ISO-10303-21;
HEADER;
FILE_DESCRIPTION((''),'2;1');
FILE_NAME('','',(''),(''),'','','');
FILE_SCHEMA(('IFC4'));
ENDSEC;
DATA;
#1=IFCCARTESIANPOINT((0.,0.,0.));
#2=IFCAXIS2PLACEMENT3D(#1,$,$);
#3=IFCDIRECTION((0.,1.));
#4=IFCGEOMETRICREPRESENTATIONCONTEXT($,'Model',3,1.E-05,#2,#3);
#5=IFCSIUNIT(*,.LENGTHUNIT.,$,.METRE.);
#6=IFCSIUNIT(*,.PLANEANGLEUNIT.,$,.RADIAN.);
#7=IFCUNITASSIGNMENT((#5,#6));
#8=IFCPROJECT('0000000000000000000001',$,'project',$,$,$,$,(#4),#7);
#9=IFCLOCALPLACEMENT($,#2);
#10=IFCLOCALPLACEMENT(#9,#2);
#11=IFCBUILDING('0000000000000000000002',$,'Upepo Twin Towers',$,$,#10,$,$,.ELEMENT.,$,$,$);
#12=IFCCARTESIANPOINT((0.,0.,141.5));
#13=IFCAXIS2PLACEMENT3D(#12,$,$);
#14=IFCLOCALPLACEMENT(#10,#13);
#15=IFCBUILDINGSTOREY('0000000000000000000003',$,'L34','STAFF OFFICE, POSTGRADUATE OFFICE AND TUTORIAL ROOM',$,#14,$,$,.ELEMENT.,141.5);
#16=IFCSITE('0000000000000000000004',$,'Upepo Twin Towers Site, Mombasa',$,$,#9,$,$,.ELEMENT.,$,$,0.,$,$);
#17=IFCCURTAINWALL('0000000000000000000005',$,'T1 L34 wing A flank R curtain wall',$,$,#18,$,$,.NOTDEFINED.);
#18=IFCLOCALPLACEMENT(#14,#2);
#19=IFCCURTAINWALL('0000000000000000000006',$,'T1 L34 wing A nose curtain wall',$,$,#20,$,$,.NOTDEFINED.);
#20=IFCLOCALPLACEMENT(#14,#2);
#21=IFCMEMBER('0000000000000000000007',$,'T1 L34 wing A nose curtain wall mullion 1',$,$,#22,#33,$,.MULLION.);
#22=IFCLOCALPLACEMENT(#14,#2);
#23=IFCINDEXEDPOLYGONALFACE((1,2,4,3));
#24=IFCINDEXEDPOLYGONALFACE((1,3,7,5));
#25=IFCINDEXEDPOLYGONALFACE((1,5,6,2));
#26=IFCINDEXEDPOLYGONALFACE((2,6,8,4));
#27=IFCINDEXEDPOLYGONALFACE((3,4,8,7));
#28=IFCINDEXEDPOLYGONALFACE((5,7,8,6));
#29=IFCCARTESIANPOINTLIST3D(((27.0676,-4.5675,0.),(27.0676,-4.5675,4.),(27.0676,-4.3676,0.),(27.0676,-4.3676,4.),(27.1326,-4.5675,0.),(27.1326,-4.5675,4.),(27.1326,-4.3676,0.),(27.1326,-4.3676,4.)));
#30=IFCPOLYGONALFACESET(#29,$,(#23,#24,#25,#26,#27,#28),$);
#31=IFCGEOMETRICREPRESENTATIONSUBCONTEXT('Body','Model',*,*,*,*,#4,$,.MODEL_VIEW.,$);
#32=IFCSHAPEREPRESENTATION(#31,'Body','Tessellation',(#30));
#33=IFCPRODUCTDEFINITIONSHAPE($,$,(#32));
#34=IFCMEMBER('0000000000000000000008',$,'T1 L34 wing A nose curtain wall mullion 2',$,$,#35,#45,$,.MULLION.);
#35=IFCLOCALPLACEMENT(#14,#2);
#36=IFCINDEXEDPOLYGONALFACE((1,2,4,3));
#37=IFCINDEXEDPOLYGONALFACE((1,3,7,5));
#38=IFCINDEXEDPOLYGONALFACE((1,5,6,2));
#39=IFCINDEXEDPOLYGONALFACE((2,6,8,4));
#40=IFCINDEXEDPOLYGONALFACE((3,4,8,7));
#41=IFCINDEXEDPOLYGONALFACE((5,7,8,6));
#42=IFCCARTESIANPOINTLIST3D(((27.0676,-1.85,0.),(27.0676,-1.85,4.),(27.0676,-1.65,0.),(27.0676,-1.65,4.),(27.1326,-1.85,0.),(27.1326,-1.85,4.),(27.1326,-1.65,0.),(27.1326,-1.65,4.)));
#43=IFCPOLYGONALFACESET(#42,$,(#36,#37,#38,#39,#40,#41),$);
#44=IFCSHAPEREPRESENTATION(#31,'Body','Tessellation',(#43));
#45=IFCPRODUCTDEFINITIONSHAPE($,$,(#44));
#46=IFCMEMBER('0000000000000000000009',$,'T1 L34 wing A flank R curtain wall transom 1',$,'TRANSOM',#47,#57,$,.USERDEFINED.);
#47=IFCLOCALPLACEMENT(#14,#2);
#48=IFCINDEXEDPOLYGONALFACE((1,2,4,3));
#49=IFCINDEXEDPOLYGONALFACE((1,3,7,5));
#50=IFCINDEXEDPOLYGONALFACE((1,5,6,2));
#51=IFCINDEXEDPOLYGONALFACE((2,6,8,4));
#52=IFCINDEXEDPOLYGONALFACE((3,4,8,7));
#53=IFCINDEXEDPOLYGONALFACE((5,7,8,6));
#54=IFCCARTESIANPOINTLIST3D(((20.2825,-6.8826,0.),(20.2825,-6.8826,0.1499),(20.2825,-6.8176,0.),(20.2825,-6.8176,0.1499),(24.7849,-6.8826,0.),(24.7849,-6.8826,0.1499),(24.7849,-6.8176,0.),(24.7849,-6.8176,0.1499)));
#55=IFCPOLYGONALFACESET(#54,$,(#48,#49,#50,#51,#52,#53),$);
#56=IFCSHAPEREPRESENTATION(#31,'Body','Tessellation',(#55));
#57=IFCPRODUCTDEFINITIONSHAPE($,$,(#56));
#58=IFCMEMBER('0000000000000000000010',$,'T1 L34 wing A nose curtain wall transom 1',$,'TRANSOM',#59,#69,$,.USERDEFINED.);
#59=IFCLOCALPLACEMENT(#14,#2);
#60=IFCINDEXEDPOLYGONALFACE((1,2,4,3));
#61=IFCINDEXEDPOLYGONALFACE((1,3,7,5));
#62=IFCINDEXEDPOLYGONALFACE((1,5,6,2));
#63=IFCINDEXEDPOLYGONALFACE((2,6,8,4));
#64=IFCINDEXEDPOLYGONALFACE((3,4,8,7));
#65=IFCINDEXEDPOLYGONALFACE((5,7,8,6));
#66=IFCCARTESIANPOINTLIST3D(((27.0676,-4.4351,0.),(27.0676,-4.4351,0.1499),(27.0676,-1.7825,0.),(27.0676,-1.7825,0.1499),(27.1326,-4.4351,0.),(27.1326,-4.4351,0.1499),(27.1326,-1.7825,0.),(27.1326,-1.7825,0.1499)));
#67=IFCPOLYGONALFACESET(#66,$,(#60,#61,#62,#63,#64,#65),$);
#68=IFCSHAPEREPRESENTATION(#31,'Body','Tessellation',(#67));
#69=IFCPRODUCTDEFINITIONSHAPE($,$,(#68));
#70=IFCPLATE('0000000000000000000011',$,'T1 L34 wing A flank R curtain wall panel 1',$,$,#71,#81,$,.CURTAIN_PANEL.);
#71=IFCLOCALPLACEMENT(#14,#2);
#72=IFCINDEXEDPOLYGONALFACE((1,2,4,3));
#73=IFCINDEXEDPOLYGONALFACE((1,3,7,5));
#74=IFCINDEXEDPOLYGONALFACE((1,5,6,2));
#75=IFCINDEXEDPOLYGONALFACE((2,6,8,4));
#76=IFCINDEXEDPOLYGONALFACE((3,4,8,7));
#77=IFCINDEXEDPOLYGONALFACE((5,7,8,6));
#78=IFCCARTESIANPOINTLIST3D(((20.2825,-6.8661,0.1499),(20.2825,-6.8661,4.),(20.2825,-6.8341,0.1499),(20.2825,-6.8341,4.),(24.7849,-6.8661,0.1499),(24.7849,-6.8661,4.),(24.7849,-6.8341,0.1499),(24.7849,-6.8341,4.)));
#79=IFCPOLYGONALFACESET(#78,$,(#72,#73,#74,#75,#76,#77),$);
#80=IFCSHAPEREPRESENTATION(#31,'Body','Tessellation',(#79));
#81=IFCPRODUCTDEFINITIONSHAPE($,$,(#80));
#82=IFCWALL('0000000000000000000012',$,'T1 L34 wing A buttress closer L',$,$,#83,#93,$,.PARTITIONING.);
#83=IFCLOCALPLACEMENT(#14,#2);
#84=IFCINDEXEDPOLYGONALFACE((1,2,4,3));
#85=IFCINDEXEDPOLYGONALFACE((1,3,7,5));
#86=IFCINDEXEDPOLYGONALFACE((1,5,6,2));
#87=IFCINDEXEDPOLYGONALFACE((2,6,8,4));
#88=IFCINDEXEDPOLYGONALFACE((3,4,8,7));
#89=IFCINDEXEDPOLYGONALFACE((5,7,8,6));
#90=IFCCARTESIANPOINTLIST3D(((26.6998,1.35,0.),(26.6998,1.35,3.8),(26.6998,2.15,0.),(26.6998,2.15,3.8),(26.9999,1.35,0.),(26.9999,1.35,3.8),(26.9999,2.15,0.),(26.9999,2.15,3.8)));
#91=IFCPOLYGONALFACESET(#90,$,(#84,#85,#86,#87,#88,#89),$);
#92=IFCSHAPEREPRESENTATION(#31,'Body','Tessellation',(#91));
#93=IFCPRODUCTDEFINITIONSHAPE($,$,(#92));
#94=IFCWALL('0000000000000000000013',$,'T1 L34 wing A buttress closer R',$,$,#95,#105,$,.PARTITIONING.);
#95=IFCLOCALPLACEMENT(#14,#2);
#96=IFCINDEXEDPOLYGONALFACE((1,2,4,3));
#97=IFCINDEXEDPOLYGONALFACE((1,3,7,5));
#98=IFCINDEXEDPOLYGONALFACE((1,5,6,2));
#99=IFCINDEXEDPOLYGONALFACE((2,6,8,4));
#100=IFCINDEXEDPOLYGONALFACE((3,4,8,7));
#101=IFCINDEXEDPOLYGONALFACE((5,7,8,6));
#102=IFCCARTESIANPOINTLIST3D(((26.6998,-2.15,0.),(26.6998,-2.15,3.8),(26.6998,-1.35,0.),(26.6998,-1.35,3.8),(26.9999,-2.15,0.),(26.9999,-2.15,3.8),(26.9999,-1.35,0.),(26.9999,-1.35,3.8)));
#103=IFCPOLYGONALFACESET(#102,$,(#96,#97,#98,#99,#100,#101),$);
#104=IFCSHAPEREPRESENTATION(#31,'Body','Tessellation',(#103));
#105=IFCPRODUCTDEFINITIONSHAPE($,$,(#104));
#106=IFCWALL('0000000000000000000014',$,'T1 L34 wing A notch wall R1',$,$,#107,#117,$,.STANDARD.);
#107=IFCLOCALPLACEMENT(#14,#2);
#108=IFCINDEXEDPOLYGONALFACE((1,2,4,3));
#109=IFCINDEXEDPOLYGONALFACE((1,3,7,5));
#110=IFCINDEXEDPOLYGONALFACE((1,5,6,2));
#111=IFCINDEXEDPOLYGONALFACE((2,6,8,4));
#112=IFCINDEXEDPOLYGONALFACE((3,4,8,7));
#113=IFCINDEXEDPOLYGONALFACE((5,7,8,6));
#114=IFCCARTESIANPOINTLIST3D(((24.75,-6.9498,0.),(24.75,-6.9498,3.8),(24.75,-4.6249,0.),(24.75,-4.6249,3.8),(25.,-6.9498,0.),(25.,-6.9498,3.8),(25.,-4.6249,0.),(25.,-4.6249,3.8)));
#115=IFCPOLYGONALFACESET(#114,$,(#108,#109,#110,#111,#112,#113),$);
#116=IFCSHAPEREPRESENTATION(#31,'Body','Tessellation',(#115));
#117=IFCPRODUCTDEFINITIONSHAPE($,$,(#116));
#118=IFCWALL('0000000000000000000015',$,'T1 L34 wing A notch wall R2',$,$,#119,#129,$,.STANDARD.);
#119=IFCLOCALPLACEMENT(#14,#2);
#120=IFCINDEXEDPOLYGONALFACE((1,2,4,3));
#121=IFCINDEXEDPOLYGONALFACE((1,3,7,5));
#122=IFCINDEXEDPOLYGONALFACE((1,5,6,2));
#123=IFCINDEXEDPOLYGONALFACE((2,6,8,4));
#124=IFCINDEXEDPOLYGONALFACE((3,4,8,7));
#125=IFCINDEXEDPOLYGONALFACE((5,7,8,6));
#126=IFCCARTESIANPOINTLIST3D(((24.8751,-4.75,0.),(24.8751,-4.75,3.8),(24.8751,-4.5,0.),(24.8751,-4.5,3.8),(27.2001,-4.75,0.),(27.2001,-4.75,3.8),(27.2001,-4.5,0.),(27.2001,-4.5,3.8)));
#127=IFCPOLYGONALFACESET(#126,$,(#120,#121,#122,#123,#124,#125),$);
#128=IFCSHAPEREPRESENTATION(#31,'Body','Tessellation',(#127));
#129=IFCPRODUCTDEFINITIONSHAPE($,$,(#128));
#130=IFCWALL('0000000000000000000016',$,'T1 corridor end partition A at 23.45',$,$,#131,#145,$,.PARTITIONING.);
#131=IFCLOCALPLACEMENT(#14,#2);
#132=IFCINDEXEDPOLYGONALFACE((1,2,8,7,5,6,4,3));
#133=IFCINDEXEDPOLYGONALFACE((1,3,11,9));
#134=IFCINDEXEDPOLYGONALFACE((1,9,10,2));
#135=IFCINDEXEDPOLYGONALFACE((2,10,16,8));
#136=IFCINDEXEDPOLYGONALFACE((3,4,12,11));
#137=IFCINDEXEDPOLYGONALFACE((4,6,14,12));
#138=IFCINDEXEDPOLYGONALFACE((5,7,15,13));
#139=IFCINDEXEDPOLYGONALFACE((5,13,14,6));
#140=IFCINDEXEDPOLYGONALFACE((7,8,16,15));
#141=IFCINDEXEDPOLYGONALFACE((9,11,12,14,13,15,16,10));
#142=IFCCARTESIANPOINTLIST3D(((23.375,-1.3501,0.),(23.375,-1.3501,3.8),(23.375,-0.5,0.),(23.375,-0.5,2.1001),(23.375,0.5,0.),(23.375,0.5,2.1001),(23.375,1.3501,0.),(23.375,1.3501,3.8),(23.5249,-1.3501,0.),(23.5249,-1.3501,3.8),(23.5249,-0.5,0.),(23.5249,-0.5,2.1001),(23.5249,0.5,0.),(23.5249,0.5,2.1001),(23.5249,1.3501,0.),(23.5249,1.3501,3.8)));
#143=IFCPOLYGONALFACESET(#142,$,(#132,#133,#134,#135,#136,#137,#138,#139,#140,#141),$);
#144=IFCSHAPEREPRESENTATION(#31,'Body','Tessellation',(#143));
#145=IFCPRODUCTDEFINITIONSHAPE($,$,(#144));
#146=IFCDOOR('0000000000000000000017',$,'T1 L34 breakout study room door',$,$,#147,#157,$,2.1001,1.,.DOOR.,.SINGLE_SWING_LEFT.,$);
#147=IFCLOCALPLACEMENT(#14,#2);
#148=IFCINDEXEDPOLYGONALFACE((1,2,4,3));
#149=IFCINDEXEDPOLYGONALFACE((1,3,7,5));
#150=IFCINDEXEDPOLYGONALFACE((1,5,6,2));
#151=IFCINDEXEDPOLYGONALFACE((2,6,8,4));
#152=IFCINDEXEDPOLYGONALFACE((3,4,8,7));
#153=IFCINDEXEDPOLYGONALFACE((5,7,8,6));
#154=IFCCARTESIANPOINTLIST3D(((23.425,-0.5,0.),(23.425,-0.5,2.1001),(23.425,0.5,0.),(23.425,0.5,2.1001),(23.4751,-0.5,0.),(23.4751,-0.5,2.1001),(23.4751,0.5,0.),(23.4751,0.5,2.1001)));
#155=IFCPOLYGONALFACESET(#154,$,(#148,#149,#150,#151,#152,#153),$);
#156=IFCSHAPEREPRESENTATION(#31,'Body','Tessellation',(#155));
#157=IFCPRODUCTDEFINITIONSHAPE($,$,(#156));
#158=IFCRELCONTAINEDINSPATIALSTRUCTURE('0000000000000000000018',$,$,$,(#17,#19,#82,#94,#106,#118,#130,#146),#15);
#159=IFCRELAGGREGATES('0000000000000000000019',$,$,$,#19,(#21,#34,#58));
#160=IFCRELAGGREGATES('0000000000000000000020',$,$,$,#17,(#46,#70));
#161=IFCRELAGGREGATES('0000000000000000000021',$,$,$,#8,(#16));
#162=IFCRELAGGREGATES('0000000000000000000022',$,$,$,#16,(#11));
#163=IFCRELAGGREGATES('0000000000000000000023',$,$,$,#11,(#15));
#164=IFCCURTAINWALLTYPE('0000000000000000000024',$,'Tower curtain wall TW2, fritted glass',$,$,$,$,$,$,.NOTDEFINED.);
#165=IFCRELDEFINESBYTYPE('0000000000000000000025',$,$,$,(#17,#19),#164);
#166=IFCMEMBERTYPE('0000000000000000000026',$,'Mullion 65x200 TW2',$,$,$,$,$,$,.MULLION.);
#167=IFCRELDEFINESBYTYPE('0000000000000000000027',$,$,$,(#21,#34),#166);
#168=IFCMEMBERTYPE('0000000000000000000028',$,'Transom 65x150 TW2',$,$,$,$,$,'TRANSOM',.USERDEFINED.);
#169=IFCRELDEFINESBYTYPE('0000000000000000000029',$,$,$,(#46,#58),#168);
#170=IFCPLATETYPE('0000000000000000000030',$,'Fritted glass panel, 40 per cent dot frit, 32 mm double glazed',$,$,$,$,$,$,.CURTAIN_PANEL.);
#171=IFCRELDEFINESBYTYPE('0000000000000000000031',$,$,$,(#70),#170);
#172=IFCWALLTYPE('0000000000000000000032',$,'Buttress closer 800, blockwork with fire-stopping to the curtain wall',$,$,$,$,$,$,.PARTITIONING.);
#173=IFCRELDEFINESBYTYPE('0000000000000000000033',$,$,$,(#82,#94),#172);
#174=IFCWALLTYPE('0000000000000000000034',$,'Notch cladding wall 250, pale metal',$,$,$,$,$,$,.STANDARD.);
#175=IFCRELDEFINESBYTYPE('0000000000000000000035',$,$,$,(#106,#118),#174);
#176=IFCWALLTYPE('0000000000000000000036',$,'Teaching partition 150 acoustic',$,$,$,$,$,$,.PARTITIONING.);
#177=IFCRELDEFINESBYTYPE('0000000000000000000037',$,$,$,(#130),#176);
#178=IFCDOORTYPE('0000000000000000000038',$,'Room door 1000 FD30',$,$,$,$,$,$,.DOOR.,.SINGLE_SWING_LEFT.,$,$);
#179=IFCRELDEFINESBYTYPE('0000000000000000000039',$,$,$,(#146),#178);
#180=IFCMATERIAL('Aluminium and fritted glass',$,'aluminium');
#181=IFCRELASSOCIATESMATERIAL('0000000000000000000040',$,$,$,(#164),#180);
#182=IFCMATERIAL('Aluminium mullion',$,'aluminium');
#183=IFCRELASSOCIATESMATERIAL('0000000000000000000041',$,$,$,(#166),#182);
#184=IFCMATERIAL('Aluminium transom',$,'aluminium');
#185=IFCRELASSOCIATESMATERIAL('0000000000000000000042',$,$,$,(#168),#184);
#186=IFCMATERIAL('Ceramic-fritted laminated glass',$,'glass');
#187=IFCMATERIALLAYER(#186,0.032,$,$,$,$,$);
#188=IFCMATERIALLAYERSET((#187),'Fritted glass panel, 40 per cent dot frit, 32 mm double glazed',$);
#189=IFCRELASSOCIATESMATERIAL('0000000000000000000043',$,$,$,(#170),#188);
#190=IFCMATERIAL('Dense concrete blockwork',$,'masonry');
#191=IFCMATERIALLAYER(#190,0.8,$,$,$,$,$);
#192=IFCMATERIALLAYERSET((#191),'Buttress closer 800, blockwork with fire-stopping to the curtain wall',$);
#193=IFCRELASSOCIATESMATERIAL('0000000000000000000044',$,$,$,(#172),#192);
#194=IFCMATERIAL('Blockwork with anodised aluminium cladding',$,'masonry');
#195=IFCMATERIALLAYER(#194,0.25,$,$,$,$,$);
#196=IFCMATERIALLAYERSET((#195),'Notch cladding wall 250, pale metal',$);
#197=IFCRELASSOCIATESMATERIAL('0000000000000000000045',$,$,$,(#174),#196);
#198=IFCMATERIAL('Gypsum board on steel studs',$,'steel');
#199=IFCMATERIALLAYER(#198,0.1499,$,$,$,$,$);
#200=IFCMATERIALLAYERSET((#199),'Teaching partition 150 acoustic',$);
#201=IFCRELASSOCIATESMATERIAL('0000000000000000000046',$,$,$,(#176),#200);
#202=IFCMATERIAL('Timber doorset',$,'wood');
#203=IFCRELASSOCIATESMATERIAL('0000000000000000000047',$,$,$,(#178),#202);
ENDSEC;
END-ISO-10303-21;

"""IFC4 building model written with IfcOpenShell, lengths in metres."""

from ifc_helpers import new_model, si_unit, direction, frame, frame_2d, origin, origin_2d, place, context, subcontext, project, spatial, rectangle, extrude, material, layer, layer_set, material_profile, profile_set, type_object, element, fill, aggregate, save


model = new_model("IFC4")

# Units and contexts
model_context = context("Model", 3, precision=1e-05, world=origin(), true_north=direction((0.0, 1.0)))
body_context = subcontext(model_context, "Body", "Model", "MODEL_VIEW")
ifc_project = project(units=[si_unit("LENGTHUNIT", "METRE"), si_unit("PLANEANGLEUNIT", "RADIAN")], contexts=[model_context])

# Site, building, storey
site_placement = place(None, origin())
site = spatial("IfcSite", under=ifc_project, at=site_placement, Name="Upepo Twin Towers Site, Mombasa", CompositionType="ELEMENT", RefElevation=0.0)
building_placement = place(site_placement, origin())
building = spatial("IfcBuilding", under=site, at=building_placement, Name="Upepo Twin Towers", CompositionType="ELEMENT")
storey_placement = place(building_placement, frame((0.0, 0.0, 141.5)))
storey = spatial("IfcBuildingStorey", under=building, at=storey_placement, Name="L34", Description="STAFF OFFICE, POSTGRADUATE OFFICE AND TUTORIAL ROOM", CompositionType="ELEMENT", Elevation=141.5)

# Curtain wall
ifc_material_1 = material(Name="Aluminium and fritted glass", Category="aluminium")
curtain_wall_type = type_object("IfcCurtainWallType", Name="Tower curtain wall TW2, fritted glass", PredefinedType="NOTDEFINED", material=ifc_material_1)
curtain_wall_1_placement = place(storey_placement, origin())
curtain_wall_1 = element("IfcCurtainWall", 1, at=curtain_wall_1_placement, inside=storey, type_object=curtain_wall_type, Name="T1 L34 wing A flank R curtain wall", PredefinedType="NOTDEFINED")
ifc_material_2 = material(Name="Aluminium mullion", Category="aluminium")
ifc_material_profile_1 = material_profile(ifc_material_2, rectangle(XDim=0.0649, YDim=0.2, at=origin_2d()), Name="MULLION 65x200")
ifc_profile_set_1 = profile_set([ifc_material_profile_1], Name="Aluminium mullion")
member_type_1 = type_object("IfcMemberType", Name="Mullion 65x200 TW2", PredefinedType="MULLION", material=ifc_profile_set_1)

# Curtain wall, members
curtain_wall_2_placement = place(storey_placement, origin())
curtain_wall_2 = element("IfcCurtainWall", 2, at=curtain_wall_2_placement, inside=storey, type_object=curtain_wall_type, Name="T1 L34 wing A nose curtain wall", PredefinedType="NOTDEFINED")
member_1_placement = place(storey_placement, frame((27.1001, -4.4675, 0.0), z_axis=(0.0, 0.0, 1.0), x_axis=(-1.0, 0.0, 0.0)))
member_1 = element("IfcMember", 3, at=member_1_placement, type_object=member_type_1, Name="T1 L34 wing A nose curtain wall mullion 1", PredefinedType="MULLION", context=body_context, shape_type="SweptSolid", body=[
    extrude(rectangle(XDim=0.0649, YDim=0.2, at=origin_2d()), origin(), (0.0, 0.0, 1.0), 4.0),
])
member_2_placement = place(storey_placement, frame((27.1001, -1.75, 0.0), z_axis=(0.0, 0.0, 1.0), x_axis=(-1.0, 0.0, 0.0)))
member_2 = element("IfcMember", 4, at=member_2_placement, type_object=member_type_1, Name="T1 L34 wing A nose curtain wall mullion 2", PredefinedType="MULLION", context=body_context, shape_type="SweptSolid", body=[
    extrude(rectangle(XDim=0.0649, YDim=0.2, at=origin_2d()), origin(), (0.0, 0.0, 1.0), 4.0),
])

# Members
ifc_material_3 = material(Name="Aluminium transom", Category="aluminium")
ifc_material_profile_2 = material_profile(ifc_material_3, rectangle(XDim=0.0649, YDim=0.1499, at=origin_2d()), Name="TRANSOM 65x150")
ifc_profile_set_2 = profile_set([ifc_material_profile_2], Name="Aluminium transom")
member_type_2 = type_object("IfcMemberType", Name="Transom 65x150 TW2", ElementType="TRANSOM", PredefinedType="USERDEFINED", material=ifc_profile_set_2)
member_3_placement = place(storey_placement, frame((24.7849, -6.8501, 0.075), z_axis=(-1.0, 0.0, 0.0), x_axis=(0.0, -1.0, 0.0)))
member_3 = element("IfcMember", 5, at=member_3_placement, type_object=member_type_2, Name="T1 L34 wing A flank R curtain wall transom 1", ObjectType="TRANSOM", PredefinedType="USERDEFINED", context=body_context, shape_type="SweptSolid", body=[
    extrude(rectangle(XDim=0.0649, YDim=0.1499, at=origin_2d()), origin(), (0.0, 0.0, 1.0), 4.5024),
])
member_4_placement = place(storey_placement, frame((27.1001, -4.4351, 0.075), z_axis=(0.0, 1.0, 0.0), x_axis=(-1.0, 0.0, 0.0)))
member_4 = element("IfcMember", 6, at=member_4_placement, type_object=member_type_2, Name="T1 L34 wing A nose curtain wall transom 1", ObjectType="TRANSOM", PredefinedType="USERDEFINED", context=body_context, shape_type="SweptSolid", body=[
    extrude(rectangle(XDim=0.0649, YDim=0.1499, at=origin_2d()), origin(), (0.0, 0.0, 1.0), 2.6526),
])
aggregate(curtain_wall_2, [member_1, member_2, member_4])

# Plate
ifc_material_4 = material(Name="Ceramic-fritted laminated glass", Category="glass")
ifc_layer_1 = layer(ifc_material_4, 0.032)
ifc_layer_set_1 = layer_set([ifc_layer_1], Name="Fritted glass panel, 40 per cent dot frit, 32 mm double glazed")
plate_type = type_object("IfcPlateType", Name="Fritted glass panel, 40 per cent dot frit, 32 mm double glazed", PredefinedType="CURTAIN_PANEL", material=ifc_layer_set_1)
plate_placement = place(storey_placement, frame((22.5337, -6.8501, 0.1499), z_axis=(0.0, 0.0, 1.0), x_axis=(-1.0, 0.0, 0.0)))
plate = element("IfcPlate", 7, at=plate_placement, type_object=plate_type, Name="T1 L34 wing A flank R curtain wall panel 1", PredefinedType="CURTAIN_PANEL", context=body_context, shape_type="SweptSolid", body=[
    extrude(rectangle(XDim=4.5024, YDim=0.032, at=origin_2d()), origin(), (0.0, 0.0, 1.0), 3.8501),
])
aggregate(curtain_wall_1, [member_3, plate])

# Walls
ifc_material_5 = material(Name="Dense concrete blockwork", Category="masonry")
ifc_layer_2 = layer(ifc_material_5, 0.8)
ifc_layer_set_2 = layer_set([ifc_layer_2], Name="Buttress closer 800, blockwork with fire-stopping to the curtain wall")
wall_type_1 = type_object("IfcWallType", Name="Buttress closer 800, blockwork with fire-stopping to the curtain wall", PredefinedType="PARTITIONING", material=ifc_layer_set_2)
for number, where, z_axis, x_axis, name in (
    (8, (26.7, 1.75, 0.0), (0.0, 0.0, 1.0), (1.0, 0.0, 0.0), "T1 L34 wing A buttress closer L"),
    (9, (26.7, -1.75, 0.0), (0.0, 0.0, 1.0), (1.0, 0.0, 0.0), "T1 L34 wing A buttress closer R"),
):
    element("IfcWall", number, at=place(storey_placement, frame(where, z_axis=z_axis, x_axis=x_axis)), inside=storey, type_object=wall_type_1, Name=name, PredefinedType="PARTITIONING", context=body_context, shape_type="SweptSolid", body=[
        extrude(rectangle(XDim=0.3, YDim=0.8, at=frame_2d((0.1499, 0.0))), origin(), (0.0, 0.0, 1.0), 3.8),
    ])
ifc_material_6 = material(Name="Blockwork with anodised aluminium cladding", Category="masonry")
ifc_layer_3 = layer(ifc_material_6, 0.25)
ifc_layer_set_3 = layer_set([ifc_layer_3], Name="Notch cladding wall 250, pale metal")
wall_type_2 = type_object("IfcWallType", Name="Notch cladding wall 250, pale metal", PredefinedType="STANDARD", material=ifc_layer_set_3)
for number, where, z_axis, x_axis, name in (
    (10, (24.875, -6.95, 0.0), (0.0, 0.0, 1.0), (0.0, 1.0, 0.0), "T1 L34 wing A notch wall R1"),
    (11, (24.875, -4.625, 0.0), (0.0, 0.0, 1.0), (1.0, 0.0, 0.0), "T1 L34 wing A notch wall R2"),
):
    element("IfcWall", number, at=place(storey_placement, frame(where, z_axis=z_axis, x_axis=x_axis)), inside=storey, type_object=wall_type_2, Name=name, PredefinedType="STANDARD", context=body_context, shape_type="SweptSolid", body=[
        extrude(rectangle(XDim=2.325, YDim=0.25, at=frame_2d((1.1626, 0.0))), origin(), (0.0, 0.0, 1.0), 3.8),
    ])

# Wall, opening, door
ifc_material_7 = material(Name="Gypsum board on steel studs", Category="steel")
ifc_layer_4 = layer(ifc_material_7, 0.1499)
ifc_layer_set_4 = layer_set([ifc_layer_4], Name="Teaching partition 150 acoustic")
wall_type_3 = type_object("IfcWallType", Name="Teaching partition 150 acoustic", PredefinedType="PARTITIONING", material=ifc_layer_set_4)
wall_placement = place(storey_placement, frame((23.45, -1.3501, 0.0), z_axis=(0.0, 0.0, 1.0), x_axis=(0.0, 1.0, 0.0)))
wall = element("IfcWall", 12, at=wall_placement, inside=storey, type_object=wall_type_3, Name="T1 corridor end partition A at 23.45", PredefinedType="PARTITIONING", context=body_context, shape_type="SweptSolid", body=[
    extrude(rectangle(XDim=2.7002, YDim=0.1499, at=frame_2d((1.3501, 0.0))), origin(), (0.0, 0.0, 1.0), 3.8),
])
opening_placement = place(wall_placement, frame((0.8501, 0.0, 0.0)))
opening = element("IfcOpeningElement", 13, at=opening_placement, cuts=wall, PredefinedType="OPENING", context=body_context, shape_type="SweptSolid", body=[
    extrude(rectangle(XDim=1.0, YDim=2.1001, at=frame_2d((0.5, 1.05))), frame((0.0, 0.085, 0.0), z_axis=(0.0, -1.0, 0.0), x_axis=(1.0, 0.0, 0.0)), (0.0, 0.0, 1.0), 0.1699),
])
ifc_material_8 = material(Name="Timber doorset", Category="wood")
door_type = type_object("IfcDoorType", Name="Room door 1000 FD30", OperationType="SINGLE_SWING_LEFT", PredefinedType="DOOR", material=ifc_material_8)
door_placement = place(opening_placement, origin())
door = element("IfcDoor", 14, at=door_placement, inside=storey, type_object=door_type, Name="T1 L34 breakout study room door", OperationType="SINGLE_SWING_LEFT", OverallHeight=2.1001, OverallWidth=1.0, PredefinedType="DOOR", context=body_context, shape_type="SweptSolid", body=[
    extrude(rectangle(XDim=1.0, YDim=2.1001, at=frame_2d((0.5, 1.05))), frame((0.0, 0.0249, 0.0), z_axis=(0.0, -1.0, 0.0), x_axis=(1.0, 0.0, 0.0)), (0.0, 0.0, 1.0), 0.05),
])
fill(opening, door)

save(model, "model.ifc")
